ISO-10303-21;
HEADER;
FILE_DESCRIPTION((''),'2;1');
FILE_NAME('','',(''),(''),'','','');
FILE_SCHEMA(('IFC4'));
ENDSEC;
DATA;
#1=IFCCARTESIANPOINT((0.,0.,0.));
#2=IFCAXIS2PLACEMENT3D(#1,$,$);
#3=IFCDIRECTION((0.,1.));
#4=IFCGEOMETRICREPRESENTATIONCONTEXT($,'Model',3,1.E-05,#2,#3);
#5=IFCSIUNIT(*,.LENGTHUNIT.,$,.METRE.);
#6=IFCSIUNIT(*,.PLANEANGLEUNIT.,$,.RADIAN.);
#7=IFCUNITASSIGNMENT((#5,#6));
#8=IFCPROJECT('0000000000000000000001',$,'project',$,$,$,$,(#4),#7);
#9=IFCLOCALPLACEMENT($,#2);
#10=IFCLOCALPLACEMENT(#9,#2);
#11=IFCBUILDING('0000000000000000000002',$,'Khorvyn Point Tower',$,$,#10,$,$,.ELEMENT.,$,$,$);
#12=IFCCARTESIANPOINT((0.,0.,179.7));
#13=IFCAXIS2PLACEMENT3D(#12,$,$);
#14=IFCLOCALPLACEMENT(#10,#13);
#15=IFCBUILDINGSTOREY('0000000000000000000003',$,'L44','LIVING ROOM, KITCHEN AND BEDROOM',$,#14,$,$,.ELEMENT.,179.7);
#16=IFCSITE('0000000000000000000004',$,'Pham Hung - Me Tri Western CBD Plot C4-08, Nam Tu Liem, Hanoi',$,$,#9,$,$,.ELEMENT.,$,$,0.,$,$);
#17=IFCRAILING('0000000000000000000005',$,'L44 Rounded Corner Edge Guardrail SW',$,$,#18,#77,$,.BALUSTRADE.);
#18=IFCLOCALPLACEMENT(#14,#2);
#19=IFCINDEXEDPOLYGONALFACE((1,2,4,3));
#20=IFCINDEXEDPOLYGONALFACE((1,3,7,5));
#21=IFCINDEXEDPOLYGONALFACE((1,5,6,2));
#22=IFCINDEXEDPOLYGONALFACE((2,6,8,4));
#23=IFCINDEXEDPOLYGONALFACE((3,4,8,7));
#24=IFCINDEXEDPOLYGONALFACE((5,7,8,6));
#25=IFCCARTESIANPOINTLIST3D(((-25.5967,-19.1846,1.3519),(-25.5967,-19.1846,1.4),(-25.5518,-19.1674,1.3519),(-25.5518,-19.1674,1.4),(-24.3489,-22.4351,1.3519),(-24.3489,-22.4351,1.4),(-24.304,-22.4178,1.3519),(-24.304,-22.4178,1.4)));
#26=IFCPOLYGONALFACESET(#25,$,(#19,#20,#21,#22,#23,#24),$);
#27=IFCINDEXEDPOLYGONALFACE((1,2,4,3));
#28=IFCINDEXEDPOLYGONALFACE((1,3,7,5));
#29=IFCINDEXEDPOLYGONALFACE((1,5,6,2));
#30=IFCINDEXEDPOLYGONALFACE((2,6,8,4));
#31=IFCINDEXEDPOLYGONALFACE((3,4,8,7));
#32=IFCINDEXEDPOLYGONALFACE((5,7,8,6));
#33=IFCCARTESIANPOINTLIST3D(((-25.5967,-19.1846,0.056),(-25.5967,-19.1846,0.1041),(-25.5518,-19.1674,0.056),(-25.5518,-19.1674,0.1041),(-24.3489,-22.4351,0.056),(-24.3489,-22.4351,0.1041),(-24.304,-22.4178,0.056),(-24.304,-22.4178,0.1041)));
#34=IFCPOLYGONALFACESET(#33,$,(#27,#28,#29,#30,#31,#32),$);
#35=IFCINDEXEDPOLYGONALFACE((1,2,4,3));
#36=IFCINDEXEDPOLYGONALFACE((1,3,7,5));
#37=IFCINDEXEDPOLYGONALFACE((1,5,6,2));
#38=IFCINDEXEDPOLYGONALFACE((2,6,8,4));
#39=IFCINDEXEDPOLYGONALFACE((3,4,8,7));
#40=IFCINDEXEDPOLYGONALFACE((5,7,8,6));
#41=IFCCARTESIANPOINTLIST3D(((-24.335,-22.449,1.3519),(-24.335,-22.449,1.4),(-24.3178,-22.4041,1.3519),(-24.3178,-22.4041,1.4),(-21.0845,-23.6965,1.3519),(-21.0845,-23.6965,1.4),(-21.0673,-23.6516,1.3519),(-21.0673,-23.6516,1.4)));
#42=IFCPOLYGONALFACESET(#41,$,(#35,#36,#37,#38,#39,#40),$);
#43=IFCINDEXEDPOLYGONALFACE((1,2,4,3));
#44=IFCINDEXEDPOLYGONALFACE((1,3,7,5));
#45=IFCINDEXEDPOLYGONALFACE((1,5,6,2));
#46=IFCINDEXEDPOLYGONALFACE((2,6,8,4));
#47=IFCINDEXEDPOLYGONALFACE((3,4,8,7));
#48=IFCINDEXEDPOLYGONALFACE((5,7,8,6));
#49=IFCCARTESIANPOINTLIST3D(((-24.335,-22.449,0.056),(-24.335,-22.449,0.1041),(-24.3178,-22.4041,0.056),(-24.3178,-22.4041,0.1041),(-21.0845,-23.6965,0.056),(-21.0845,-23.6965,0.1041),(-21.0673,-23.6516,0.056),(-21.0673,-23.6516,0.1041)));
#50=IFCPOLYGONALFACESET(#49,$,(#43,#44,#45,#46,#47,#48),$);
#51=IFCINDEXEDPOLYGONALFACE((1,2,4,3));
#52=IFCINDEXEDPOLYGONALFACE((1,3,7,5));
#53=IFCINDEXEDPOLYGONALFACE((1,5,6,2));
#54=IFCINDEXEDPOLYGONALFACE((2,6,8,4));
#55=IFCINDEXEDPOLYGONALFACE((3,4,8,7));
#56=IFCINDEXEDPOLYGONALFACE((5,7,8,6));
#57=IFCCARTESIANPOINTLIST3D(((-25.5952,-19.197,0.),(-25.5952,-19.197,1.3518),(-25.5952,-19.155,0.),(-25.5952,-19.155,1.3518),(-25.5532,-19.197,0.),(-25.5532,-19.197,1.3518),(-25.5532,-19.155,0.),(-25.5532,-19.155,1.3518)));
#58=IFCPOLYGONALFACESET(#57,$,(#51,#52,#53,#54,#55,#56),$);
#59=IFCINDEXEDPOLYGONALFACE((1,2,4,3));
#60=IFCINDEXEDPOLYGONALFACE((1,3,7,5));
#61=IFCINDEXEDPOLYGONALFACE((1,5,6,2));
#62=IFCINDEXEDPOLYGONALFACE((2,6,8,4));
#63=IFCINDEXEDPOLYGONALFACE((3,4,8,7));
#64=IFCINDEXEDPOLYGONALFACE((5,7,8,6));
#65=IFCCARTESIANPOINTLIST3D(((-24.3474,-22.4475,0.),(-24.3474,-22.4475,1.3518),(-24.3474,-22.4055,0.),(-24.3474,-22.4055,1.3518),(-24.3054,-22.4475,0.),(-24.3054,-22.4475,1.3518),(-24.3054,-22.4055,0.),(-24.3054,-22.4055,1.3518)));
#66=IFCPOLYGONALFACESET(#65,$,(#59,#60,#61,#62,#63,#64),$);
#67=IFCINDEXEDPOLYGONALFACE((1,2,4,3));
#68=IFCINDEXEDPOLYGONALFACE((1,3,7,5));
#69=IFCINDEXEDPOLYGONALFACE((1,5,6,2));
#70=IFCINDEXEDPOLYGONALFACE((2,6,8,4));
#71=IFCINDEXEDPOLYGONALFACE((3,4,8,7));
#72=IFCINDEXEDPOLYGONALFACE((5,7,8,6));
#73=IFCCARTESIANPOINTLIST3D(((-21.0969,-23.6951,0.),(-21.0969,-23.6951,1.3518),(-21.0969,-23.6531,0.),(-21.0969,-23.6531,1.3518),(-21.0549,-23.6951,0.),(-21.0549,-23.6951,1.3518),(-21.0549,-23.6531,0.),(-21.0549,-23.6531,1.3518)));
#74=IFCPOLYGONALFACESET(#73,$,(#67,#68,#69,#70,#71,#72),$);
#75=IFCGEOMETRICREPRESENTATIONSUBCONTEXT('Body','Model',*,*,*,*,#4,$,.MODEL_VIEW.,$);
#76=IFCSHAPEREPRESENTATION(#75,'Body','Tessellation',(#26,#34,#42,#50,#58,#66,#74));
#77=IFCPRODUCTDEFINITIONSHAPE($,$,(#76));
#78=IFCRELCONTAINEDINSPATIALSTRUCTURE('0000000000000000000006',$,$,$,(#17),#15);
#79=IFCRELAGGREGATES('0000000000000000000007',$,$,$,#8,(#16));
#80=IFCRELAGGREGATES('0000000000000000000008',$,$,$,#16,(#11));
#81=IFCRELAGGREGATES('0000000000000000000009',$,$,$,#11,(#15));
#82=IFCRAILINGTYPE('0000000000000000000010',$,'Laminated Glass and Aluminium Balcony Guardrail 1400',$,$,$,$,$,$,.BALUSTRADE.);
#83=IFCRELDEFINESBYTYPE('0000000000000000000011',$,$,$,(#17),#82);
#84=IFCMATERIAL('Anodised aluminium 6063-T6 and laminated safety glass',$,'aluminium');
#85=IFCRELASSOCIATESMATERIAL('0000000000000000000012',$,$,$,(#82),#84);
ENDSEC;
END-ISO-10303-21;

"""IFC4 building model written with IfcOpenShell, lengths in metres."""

from ifc_helpers import new_model, si_unit, direction, frame, origin, origin_2d, place, context, subcontext, project, spatial, rectangle, extrude, material, type_object, element, save


model = new_model("IFC4")

# Units and contexts
model_context = context("Model", 3, precision=1e-05, world=origin(), true_north=direction((0.0, 1.0)))
body_context = subcontext(model_context, "Body", "Model", "MODEL_VIEW")
ifc_project = project(units=[si_unit("LENGTHUNIT", "METRE"), si_unit("PLANEANGLEUNIT", "RADIAN")], contexts=[model_context])

# Site, building, storey
site_placement = place(None, origin())
site = spatial("IfcSite", under=ifc_project, at=site_placement, Name="Pham Hung - Me Tri Western CBD Plot C4-08, Nam Tu Liem, Hanoi", CompositionType="ELEMENT", RefElevation=0.0)
building_placement = place(site_placement, origin())
building = spatial("IfcBuilding", under=site, at=building_placement, Name="Khorvyn Point Tower", CompositionType="ELEMENT")
storey_placement = place(building_placement, frame((0.0, 0.0, 179.7)))
storey = spatial("IfcBuildingStorey", under=building, at=storey_placement, Name="L44", Description="LIVING ROOM, KITCHEN AND BEDROOM", CompositionType="ELEMENT", Elevation=179.7)

# Railing
ifc_material_1 = material(Name="Anodised aluminium 6063-T6 and laminated safety glass", Category="aluminium")
railing_type = type_object("IfcRailingType", Name="Laminated Glass and Aluminium Balcony Guardrail 1400", PredefinedType="BALUSTRADE", material=ifc_material_1)
railing_1_placement = place(storey_placement, frame((-25.5742, -19.176, 0.0)))
element("IfcRailing", 1, at=railing_1_placement, inside=storey, type_object=railing_type, Name="L44 Rounded Corner Edge Guardrail SW", PredefinedType="BALUSTRADE", context=body_context, shape_type="SweptSolid", body=[
    extrude(rectangle(XDim=0.0481, YDim=0.0481, at=origin_2d()), frame((0.0, 0.0, 1.376), z_axis=(0.358382, -0.933575, 0.0), x_axis=(0.933575, 0.358382, 0.0)), (0.0, 0.0, 1.0), 3.4817),
    extrude(rectangle(XDim=0.0481, YDim=0.0481, at=origin_2d()), frame((0.0, 0.0, 0.0801), z_axis=(0.358382, -0.933575, 0.0), x_axis=(0.933575, 0.358382, 0.0)), (0.0, 0.0, 1.0), 3.4817),
    extrude(rectangle(XDim=0.0481, YDim=0.0481, at=origin_2d()), frame((1.2478, -3.2505, 1.376), z_axis=(0.933598, -0.358321, 0.0), x_axis=(0.358321, 0.933598, 0.0)), (0.0, 0.0, 1.0), 3.4817),
    extrude(rectangle(XDim=0.0481, YDim=0.0481, at=origin_2d()), frame((1.2478, -3.2505, 0.0801), z_axis=(0.933598, -0.358321, 0.0), x_axis=(0.358321, 0.933598, 0.0)), (0.0, 0.0, 1.0), 3.4817),
    extrude(rectangle(XDim=0.042, YDim=0.042, at=origin_2d()), origin(), (0.0, 0.0, 1.0), 1.3518),
    extrude(rectangle(XDim=0.042, YDim=0.042, at=origin_2d()), frame((1.2478, -3.2505, 0.0)), (0.0, 0.0, 1.0), 1.3518),
    extrude(rectangle(XDim=0.042, YDim=0.042, at=origin_2d()), frame((4.4983, -4.498, 0.0)), (0.0, 0.0, 1.0), 1.3518),
])

save(model, "model.ifc")
